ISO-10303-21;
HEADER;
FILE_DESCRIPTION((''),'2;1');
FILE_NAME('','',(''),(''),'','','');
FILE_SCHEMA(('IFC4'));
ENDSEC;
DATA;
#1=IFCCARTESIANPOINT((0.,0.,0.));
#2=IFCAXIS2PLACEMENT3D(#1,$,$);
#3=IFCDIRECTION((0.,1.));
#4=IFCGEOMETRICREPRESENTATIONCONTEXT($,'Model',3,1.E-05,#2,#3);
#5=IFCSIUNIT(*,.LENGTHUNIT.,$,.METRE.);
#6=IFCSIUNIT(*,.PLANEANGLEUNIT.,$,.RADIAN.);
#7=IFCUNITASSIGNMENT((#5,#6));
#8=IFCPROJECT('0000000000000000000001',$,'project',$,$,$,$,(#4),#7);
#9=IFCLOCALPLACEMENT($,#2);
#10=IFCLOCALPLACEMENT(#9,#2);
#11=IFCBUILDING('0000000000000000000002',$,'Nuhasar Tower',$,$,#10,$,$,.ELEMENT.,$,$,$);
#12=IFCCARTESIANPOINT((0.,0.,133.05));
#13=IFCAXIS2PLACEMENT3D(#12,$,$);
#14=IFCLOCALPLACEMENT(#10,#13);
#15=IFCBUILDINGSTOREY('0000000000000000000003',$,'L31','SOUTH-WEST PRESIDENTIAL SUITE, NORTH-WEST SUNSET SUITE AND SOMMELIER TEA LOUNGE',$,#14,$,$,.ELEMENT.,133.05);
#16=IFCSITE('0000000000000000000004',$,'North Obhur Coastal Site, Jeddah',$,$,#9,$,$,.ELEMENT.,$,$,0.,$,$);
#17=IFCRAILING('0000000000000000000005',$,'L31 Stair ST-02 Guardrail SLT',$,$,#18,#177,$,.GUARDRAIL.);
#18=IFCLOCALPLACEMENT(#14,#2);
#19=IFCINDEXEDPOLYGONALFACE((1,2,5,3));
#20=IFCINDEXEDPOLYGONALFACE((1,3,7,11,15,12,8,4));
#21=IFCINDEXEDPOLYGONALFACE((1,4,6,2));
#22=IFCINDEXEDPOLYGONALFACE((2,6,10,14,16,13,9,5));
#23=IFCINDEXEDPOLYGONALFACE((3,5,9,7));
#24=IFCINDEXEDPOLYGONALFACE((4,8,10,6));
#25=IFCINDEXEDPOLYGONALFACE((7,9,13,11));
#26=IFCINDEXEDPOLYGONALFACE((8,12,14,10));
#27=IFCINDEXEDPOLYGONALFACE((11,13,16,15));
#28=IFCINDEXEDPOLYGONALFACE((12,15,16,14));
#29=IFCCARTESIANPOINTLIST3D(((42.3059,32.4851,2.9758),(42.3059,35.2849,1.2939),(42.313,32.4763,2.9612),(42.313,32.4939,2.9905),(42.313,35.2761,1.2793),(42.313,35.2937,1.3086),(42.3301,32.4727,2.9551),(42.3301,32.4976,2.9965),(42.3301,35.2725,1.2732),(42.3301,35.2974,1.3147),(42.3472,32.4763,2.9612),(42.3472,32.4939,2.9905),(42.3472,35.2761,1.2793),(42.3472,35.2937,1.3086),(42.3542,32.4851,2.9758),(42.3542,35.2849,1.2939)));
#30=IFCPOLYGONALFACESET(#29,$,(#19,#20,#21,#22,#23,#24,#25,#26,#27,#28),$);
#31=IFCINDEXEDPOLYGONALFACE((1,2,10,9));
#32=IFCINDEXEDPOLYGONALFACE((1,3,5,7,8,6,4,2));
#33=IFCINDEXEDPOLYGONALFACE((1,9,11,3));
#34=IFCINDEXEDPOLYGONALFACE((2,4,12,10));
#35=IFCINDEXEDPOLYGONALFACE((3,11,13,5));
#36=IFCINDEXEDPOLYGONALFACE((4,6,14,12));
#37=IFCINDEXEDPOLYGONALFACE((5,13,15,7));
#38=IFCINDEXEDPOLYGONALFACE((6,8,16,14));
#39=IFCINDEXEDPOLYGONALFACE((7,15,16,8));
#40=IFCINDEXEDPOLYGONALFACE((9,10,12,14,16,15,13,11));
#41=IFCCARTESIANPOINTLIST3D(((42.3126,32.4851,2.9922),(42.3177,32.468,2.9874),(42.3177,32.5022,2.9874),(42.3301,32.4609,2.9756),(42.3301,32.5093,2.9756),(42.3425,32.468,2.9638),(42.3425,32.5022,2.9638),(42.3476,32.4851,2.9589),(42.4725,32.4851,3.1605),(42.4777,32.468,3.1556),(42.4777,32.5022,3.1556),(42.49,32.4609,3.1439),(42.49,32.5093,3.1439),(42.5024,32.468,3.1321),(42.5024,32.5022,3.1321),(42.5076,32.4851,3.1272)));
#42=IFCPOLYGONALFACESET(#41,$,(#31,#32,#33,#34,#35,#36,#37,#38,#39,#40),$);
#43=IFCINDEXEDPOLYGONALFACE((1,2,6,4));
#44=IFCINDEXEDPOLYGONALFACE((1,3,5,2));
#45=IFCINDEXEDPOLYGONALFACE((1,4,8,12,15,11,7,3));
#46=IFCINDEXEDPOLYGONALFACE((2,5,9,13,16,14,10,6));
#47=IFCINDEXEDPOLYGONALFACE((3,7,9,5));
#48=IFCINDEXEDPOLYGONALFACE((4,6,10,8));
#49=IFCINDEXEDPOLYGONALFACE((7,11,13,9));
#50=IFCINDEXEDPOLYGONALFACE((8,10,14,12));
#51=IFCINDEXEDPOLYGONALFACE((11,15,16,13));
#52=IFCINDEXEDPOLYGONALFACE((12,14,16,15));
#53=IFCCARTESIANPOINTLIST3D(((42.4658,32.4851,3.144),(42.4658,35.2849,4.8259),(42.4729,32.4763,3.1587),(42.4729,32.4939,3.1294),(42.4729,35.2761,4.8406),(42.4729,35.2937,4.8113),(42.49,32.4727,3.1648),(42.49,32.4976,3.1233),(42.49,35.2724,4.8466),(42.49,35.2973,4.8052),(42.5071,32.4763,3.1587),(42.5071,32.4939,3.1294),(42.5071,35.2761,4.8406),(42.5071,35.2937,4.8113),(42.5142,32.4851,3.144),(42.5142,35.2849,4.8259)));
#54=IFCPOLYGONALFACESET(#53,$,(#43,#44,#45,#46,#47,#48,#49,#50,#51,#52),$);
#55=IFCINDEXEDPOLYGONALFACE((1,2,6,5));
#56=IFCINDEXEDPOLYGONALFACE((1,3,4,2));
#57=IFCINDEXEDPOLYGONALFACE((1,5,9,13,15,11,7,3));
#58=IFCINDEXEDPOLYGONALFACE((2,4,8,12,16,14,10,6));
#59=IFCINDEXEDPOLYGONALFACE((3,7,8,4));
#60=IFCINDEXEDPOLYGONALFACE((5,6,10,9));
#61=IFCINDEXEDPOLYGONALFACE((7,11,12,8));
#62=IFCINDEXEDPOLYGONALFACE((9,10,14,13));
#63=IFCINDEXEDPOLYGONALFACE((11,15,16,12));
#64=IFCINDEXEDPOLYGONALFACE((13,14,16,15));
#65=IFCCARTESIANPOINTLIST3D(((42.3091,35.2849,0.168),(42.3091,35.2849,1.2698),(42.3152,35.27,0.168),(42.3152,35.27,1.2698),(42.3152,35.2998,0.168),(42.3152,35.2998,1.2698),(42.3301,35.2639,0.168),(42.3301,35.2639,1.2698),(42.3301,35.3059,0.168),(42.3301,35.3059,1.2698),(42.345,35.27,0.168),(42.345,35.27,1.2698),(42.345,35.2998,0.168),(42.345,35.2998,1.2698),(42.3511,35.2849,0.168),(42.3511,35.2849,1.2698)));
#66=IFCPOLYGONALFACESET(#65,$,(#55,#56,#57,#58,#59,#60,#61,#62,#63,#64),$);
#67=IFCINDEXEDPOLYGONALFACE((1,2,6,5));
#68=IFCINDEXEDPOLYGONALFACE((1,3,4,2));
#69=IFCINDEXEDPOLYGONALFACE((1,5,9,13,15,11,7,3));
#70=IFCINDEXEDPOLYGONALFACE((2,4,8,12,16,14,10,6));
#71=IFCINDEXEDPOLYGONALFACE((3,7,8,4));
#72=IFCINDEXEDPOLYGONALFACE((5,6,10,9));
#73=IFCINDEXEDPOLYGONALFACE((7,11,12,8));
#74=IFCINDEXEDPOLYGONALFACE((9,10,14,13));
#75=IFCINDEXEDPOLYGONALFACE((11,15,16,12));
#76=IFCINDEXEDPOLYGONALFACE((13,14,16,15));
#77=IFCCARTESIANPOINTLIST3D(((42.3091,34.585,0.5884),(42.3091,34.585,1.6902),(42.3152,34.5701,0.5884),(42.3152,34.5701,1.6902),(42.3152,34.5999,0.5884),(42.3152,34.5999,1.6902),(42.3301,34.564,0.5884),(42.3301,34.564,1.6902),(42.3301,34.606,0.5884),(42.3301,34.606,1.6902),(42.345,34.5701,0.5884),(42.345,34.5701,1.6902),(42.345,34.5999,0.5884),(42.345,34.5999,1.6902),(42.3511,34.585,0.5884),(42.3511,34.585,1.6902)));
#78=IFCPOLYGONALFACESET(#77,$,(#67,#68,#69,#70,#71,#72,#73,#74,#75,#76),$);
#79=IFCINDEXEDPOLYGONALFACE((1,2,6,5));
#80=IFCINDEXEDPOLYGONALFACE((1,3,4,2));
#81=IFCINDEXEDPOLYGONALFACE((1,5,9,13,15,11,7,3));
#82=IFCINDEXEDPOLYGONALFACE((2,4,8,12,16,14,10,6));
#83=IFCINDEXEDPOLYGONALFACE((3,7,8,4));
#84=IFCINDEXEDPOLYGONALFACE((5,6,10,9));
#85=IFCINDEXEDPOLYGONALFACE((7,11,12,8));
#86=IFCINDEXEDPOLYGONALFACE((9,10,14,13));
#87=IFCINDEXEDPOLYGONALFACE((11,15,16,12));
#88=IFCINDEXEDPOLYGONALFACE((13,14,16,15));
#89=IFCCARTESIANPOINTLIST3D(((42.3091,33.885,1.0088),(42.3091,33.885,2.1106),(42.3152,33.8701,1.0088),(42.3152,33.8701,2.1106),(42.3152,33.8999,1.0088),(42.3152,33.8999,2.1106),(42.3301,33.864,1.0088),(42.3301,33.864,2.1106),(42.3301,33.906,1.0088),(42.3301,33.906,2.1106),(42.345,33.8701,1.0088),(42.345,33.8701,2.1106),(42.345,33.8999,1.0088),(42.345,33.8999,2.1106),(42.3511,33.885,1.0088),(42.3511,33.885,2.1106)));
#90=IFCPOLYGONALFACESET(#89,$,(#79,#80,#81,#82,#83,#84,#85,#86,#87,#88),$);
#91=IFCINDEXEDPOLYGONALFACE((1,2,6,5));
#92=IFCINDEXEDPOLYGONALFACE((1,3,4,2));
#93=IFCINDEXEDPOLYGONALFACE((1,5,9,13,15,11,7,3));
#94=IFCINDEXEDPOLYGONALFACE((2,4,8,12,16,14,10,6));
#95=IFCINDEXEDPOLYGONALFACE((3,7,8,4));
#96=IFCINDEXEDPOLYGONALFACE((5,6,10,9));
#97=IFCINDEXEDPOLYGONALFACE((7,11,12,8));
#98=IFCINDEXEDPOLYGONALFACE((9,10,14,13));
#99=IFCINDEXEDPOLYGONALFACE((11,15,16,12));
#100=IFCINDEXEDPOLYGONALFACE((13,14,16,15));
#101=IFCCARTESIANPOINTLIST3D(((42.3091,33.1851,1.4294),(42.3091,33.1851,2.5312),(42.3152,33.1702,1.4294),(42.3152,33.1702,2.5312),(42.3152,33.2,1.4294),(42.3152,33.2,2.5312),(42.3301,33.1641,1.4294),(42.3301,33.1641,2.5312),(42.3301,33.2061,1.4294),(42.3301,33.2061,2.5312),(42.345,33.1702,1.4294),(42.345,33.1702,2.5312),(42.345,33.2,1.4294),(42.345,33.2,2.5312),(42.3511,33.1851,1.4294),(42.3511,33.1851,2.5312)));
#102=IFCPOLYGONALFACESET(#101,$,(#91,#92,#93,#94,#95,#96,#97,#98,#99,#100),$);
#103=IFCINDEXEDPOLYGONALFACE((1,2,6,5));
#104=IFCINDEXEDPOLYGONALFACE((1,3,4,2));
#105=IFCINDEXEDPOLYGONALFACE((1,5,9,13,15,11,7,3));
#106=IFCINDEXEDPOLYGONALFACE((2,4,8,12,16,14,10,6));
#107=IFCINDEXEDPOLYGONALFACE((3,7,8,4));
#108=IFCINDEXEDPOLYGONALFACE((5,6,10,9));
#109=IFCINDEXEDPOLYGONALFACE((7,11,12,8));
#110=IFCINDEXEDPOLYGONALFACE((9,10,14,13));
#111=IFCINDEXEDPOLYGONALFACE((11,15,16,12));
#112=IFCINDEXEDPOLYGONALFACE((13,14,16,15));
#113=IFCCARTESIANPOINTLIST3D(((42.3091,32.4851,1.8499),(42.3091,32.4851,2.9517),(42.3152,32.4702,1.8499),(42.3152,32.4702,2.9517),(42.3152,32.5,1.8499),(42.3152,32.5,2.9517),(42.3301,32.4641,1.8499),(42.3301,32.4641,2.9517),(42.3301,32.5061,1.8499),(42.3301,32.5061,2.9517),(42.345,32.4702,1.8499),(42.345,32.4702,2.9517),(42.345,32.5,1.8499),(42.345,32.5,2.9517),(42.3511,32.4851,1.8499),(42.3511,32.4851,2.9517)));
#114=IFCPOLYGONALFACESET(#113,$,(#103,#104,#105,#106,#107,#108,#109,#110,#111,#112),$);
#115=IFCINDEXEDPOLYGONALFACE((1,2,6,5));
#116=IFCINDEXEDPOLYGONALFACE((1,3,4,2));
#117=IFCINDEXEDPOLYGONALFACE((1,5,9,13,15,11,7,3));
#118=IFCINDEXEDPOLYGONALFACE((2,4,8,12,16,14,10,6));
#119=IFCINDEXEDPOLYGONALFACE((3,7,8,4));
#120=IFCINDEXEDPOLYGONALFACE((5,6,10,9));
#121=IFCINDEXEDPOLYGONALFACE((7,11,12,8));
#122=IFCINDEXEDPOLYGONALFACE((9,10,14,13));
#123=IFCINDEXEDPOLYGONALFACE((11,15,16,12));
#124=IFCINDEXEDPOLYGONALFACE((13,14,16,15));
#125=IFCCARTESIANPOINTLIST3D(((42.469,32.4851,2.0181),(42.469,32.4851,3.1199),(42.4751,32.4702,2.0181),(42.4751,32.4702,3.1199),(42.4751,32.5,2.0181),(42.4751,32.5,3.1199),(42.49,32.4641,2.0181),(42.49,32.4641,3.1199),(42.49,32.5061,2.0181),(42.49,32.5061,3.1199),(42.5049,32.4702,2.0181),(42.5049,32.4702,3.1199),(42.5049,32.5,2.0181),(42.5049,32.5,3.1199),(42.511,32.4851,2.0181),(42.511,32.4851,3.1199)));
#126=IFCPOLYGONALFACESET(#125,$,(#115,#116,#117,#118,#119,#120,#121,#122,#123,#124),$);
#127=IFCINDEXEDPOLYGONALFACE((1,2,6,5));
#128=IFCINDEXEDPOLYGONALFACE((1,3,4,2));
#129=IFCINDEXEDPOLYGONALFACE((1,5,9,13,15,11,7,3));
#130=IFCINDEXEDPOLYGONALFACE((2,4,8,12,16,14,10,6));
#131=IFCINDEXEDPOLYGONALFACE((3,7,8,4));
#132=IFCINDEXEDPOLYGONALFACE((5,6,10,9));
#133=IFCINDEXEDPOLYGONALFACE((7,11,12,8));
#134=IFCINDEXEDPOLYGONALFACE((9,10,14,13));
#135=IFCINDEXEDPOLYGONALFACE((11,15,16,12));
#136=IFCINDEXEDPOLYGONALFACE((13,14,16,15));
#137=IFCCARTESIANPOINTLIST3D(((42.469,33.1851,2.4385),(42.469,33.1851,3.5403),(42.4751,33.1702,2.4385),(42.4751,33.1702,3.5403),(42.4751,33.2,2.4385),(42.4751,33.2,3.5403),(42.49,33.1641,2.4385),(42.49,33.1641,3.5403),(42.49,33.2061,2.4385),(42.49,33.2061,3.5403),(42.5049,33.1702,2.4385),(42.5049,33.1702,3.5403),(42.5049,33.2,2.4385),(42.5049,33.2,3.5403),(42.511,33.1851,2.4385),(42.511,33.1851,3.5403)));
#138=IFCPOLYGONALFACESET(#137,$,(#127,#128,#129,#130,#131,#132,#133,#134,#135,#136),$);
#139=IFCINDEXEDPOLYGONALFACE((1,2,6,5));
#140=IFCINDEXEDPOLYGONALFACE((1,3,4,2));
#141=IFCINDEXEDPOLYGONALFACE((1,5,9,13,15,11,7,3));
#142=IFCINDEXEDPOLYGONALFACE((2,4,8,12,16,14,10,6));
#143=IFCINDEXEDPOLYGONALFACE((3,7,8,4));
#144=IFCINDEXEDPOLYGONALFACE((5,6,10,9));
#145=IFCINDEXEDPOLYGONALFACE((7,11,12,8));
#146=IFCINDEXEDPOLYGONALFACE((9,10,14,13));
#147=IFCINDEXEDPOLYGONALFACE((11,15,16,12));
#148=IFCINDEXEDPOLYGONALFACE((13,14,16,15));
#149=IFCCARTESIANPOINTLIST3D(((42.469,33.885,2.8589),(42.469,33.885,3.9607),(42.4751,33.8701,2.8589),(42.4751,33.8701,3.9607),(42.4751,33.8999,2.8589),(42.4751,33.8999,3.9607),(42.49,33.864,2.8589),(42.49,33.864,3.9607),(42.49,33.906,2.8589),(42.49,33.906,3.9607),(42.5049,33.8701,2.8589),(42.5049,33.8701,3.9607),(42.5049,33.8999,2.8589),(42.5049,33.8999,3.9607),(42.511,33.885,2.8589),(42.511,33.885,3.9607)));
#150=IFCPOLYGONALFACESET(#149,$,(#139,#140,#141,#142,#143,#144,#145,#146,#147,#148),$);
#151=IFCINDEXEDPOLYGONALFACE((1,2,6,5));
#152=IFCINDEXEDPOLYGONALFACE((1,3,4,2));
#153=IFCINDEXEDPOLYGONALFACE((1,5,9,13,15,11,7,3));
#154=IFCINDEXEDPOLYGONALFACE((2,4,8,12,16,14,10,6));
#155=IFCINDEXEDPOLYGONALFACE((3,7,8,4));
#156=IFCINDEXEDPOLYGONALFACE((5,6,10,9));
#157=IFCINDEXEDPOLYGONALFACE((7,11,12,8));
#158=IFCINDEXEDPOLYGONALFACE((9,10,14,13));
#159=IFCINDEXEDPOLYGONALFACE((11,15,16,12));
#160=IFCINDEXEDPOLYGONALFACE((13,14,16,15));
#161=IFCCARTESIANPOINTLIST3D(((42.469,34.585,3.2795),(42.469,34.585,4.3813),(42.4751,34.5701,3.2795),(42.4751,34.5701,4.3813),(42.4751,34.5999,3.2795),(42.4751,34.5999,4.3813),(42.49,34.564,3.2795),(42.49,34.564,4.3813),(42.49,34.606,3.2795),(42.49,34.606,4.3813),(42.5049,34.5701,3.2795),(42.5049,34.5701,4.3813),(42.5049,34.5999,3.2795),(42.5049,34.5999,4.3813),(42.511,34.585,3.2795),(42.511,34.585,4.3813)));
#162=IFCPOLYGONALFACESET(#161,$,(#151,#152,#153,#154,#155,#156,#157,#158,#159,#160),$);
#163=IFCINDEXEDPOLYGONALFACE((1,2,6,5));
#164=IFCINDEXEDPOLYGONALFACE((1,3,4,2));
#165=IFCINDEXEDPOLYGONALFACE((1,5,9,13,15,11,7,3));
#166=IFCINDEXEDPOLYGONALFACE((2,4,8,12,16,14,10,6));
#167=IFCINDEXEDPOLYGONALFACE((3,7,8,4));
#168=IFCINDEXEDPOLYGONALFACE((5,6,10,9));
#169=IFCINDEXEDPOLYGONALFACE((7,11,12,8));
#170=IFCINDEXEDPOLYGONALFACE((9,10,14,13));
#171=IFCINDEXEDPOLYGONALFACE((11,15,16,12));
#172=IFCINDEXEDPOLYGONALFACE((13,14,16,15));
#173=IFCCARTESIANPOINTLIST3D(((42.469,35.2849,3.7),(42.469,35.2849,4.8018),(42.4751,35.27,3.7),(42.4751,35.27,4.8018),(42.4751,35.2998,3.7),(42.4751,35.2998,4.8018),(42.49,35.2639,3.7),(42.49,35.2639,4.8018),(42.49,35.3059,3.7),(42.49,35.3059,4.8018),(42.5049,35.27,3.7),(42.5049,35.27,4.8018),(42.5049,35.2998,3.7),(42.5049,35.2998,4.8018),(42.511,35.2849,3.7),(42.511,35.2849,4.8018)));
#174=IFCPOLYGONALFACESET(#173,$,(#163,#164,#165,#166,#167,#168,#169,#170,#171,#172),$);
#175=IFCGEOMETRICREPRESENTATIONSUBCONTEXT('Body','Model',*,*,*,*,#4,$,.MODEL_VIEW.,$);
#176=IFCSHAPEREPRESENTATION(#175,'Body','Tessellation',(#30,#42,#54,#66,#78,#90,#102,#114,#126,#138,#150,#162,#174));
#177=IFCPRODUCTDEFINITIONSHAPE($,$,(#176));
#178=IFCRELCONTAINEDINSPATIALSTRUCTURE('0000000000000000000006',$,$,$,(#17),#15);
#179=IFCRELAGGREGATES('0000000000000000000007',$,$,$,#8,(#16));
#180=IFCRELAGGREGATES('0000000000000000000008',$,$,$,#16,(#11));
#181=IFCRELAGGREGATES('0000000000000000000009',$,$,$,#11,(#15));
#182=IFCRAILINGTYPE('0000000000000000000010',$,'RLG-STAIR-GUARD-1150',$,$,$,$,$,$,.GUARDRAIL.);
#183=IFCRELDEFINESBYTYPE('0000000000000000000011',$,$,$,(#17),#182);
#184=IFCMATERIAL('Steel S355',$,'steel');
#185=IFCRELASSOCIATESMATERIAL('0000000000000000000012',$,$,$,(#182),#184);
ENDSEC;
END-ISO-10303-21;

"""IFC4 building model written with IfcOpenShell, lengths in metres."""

from ifc_helpers import new_model, si_unit, direction, frame, origin, place, context, subcontext, project, spatial, polyline, outline, extrude, material, type_object, element, save


model = new_model("IFC4")

# Units and contexts
model_context = context("Model", 3, precision=1e-05, world=origin(), true_north=direction((0.0, 1.0)))
body_context = subcontext(model_context, "Body", "Model", "MODEL_VIEW")
ifc_project = project(units=[si_unit("LENGTHUNIT", "METRE"), si_unit("PLANEANGLEUNIT", "RADIAN")], contexts=[model_context])

# Site, building, storey
site_placement = place(None, origin())
site = spatial("IfcSite", under=ifc_project, at=site_placement, Name="North Obhur Coastal Site, Jeddah", CompositionType="ELEMENT", RefElevation=0.0)
building_placement = place(site_placement, origin())
building = spatial("IfcBuilding", under=site, at=building_placement, Name="Nuhasar Tower", CompositionType="ELEMENT")
storey_placement = place(building_placement, frame((0.0, 0.0, 133.05)))
storey = spatial("IfcBuildingStorey", under=building, at=storey_placement, Name="L31", Description="SOUTH-WEST PRESIDENTIAL SUITE, NORTH-WEST SUNSET SUITE AND SOMMELIER TEA LOUNGE", CompositionType="ELEMENT", Elevation=133.05)

# Shared definitions
ifc_material_1 = material(Name="Steel S355", Category="steel")

# Railing
railing_type_1 = type_object("IfcRailingType", Name="RLG-STAIR-GUARD-1150", PredefinedType="GUARDRAIL", material=ifc_material_1)
railing_1_placement = place(storey_placement, frame((42.3301, 35.2849, 0.168)))
element("IfcRailing", 1, at=railing_1_placement, inside=storey, type_object=railing_type_1, Name="L31 Stair ST-02 Guardrail SLT", PredefinedType="GUARDRAIL", context=body_context, shape_type="SweptSolid", body=[
    extrude(outline(polyline([(0.0242, 0.0), (0.0171, 0.0171), (0.0, 0.0242), (-0.0171, 0.0171), (-0.0242, 0.0), (-0.0171, -0.0171), (0.0, -0.0242), (0.0171, -0.0171), (0.0242, 0.0)])), frame((0.0, 0.0, 1.126), z_axis=(0.0, -0.857222, 0.514946), x_axis=(1.0, 0.0, 0.0)), (0.0, 0.0, 1.0), 3.2661),
    extrude(outline(polyline([(0.0242, 0.0), (0.0171, 0.0171), (0.0, 0.0242), (-0.0171, 0.0171), (-0.0242, 0.0), (-0.0171, -0.0171), (0.0, -0.0242), (0.0171, -0.0171), (0.0242, 0.0)])), frame((0.0, -2.7998, 2.8076), z_axis=(0.688998, 0.0, 0.724763), x_axis=(0.0, 1.0, 0.0)), (0.0, 0.0, 1.0), 0.2322),
    extrude(outline(polyline([(0.0242, 0.0), (0.0171, 0.0171), (0.0, 0.0242), (-0.0171, 0.0171), (-0.0242, 0.0), (-0.0171, -0.0171), (0.0, -0.0242), (0.0171, -0.0171), (0.0242, 0.0)])), frame((0.1599, -2.7998, 2.9761), z_axis=(0.0, 0.857222, 0.514946), x_axis=(-1.0, 0.0, 0.0)), (0.0, 0.0, 1.0), 3.2661),
    extrude(outline(polyline([(0.021, 0.0), (0.0149, 0.0149), (0.0, 0.021), (-0.0149, 0.0149), (-0.021, 0.0), (-0.0149, -0.0149), (0.0, -0.021), (0.0149, -0.0149), (0.021, 0.0)])), origin(), (0.0, 0.0, 1.0), 1.1018),
    extrude(outline(polyline([(0.021, 0.0), (0.0149, 0.0149), (0.0, 0.021), (-0.0149, 0.0149), (-0.021, 0.0), (-0.0149, -0.0149), (0.0, -0.021), (0.0149, -0.0149), (0.021, 0.0)])), frame((0.0, -0.7, 0.4204)), (0.0, 0.0, 1.0), 1.1018),
    extrude(outline(polyline([(0.021, 0.0), (0.0149, 0.0149), (0.0, 0.021), (-0.0149, 0.0149), (-0.021, 0.0), (-0.0149, -0.0149), (0.0, -0.021), (0.0149, -0.0149), (0.021, 0.0)])), frame((0.0, -1.3999, 0.8408)), (0.0, 0.0, 1.0), 1.1018),
    extrude(outline(polyline([(0.021, 0.0), (0.0149, 0.0149), (0.0, 0.021), (-0.0149, 0.0149), (-0.021, 0.0), (-0.0149, -0.0149), (0.0, -0.021), (0.0149, -0.0149), (0.021, 0.0)])), frame((0.0, -2.0999, 1.2615)), (0.0, 0.0, 1.0), 1.1018),
    extrude(outline(polyline([(0.021, 0.0), (0.0149, 0.0149), (0.0, 0.021), (-0.0149, 0.0149), (-0.021, 0.0), (-0.0149, -0.0149), (0.0, -0.021), (0.0149, -0.0149), (0.021, 0.0)])), frame((0.0, -2.7998, 1.6819)), (0.0, 0.0, 1.0), 1.1018),
    extrude(outline(polyline([(0.021, 0.0), (0.0149, 0.0149), (0.0, 0.021), (-0.0149, 0.0149), (-0.021, 0.0), (-0.0149, -0.0149), (0.0, -0.021), (0.0149, -0.0149), (0.021, 0.0)])), frame((0.1599, -2.7998, 1.8501)), (0.0, 0.0, 1.0), 1.1018),
    extrude(outline(polyline([(0.021, 0.0), (0.0149, 0.0149), (0.0, 0.021), (-0.0149, 0.0149), (-0.021, 0.0), (-0.0149, -0.0149), (0.0, -0.021), (0.0149, -0.0149), (0.021, 0.0)])), frame((0.1599, -2.0999, 2.2705)), (0.0, 0.0, 1.0), 1.1018),
    extrude(outline(polyline([(0.021, 0.0), (0.0149, 0.0149), (0.0, 0.021), (-0.0149, 0.0149), (-0.021, 0.0), (-0.0149, -0.0149), (0.0, -0.021), (0.0149, -0.0149), (0.021, 0.0)])), frame((0.1599, -1.3999, 2.6909)), (0.0, 0.0, 1.0), 1.1018),
    extrude(outline(polyline([(0.021, 0.0), (0.0149, 0.0149), (0.0, 0.021), (-0.0149, 0.0149), (-0.021, 0.0), (-0.0149, -0.0149), (0.0, -0.021), (0.0149, -0.0149), (0.021, 0.0)])), frame((0.1599, -0.7, 3.1116)), (0.0, 0.0, 1.0), 1.1018),
    extrude(outline(polyline([(0.021, 0.0), (0.0149, 0.0149), (0.0, 0.021), (-0.0149, 0.0149), (-0.021, 0.0), (-0.0149, -0.0149), (0.0, -0.021), (0.0149, -0.0149), (0.021, 0.0)])), frame((0.1599, 0.0, 3.532)), (0.0, 0.0, 1.0), 1.1018),
])

save(model, "model.ifc")
